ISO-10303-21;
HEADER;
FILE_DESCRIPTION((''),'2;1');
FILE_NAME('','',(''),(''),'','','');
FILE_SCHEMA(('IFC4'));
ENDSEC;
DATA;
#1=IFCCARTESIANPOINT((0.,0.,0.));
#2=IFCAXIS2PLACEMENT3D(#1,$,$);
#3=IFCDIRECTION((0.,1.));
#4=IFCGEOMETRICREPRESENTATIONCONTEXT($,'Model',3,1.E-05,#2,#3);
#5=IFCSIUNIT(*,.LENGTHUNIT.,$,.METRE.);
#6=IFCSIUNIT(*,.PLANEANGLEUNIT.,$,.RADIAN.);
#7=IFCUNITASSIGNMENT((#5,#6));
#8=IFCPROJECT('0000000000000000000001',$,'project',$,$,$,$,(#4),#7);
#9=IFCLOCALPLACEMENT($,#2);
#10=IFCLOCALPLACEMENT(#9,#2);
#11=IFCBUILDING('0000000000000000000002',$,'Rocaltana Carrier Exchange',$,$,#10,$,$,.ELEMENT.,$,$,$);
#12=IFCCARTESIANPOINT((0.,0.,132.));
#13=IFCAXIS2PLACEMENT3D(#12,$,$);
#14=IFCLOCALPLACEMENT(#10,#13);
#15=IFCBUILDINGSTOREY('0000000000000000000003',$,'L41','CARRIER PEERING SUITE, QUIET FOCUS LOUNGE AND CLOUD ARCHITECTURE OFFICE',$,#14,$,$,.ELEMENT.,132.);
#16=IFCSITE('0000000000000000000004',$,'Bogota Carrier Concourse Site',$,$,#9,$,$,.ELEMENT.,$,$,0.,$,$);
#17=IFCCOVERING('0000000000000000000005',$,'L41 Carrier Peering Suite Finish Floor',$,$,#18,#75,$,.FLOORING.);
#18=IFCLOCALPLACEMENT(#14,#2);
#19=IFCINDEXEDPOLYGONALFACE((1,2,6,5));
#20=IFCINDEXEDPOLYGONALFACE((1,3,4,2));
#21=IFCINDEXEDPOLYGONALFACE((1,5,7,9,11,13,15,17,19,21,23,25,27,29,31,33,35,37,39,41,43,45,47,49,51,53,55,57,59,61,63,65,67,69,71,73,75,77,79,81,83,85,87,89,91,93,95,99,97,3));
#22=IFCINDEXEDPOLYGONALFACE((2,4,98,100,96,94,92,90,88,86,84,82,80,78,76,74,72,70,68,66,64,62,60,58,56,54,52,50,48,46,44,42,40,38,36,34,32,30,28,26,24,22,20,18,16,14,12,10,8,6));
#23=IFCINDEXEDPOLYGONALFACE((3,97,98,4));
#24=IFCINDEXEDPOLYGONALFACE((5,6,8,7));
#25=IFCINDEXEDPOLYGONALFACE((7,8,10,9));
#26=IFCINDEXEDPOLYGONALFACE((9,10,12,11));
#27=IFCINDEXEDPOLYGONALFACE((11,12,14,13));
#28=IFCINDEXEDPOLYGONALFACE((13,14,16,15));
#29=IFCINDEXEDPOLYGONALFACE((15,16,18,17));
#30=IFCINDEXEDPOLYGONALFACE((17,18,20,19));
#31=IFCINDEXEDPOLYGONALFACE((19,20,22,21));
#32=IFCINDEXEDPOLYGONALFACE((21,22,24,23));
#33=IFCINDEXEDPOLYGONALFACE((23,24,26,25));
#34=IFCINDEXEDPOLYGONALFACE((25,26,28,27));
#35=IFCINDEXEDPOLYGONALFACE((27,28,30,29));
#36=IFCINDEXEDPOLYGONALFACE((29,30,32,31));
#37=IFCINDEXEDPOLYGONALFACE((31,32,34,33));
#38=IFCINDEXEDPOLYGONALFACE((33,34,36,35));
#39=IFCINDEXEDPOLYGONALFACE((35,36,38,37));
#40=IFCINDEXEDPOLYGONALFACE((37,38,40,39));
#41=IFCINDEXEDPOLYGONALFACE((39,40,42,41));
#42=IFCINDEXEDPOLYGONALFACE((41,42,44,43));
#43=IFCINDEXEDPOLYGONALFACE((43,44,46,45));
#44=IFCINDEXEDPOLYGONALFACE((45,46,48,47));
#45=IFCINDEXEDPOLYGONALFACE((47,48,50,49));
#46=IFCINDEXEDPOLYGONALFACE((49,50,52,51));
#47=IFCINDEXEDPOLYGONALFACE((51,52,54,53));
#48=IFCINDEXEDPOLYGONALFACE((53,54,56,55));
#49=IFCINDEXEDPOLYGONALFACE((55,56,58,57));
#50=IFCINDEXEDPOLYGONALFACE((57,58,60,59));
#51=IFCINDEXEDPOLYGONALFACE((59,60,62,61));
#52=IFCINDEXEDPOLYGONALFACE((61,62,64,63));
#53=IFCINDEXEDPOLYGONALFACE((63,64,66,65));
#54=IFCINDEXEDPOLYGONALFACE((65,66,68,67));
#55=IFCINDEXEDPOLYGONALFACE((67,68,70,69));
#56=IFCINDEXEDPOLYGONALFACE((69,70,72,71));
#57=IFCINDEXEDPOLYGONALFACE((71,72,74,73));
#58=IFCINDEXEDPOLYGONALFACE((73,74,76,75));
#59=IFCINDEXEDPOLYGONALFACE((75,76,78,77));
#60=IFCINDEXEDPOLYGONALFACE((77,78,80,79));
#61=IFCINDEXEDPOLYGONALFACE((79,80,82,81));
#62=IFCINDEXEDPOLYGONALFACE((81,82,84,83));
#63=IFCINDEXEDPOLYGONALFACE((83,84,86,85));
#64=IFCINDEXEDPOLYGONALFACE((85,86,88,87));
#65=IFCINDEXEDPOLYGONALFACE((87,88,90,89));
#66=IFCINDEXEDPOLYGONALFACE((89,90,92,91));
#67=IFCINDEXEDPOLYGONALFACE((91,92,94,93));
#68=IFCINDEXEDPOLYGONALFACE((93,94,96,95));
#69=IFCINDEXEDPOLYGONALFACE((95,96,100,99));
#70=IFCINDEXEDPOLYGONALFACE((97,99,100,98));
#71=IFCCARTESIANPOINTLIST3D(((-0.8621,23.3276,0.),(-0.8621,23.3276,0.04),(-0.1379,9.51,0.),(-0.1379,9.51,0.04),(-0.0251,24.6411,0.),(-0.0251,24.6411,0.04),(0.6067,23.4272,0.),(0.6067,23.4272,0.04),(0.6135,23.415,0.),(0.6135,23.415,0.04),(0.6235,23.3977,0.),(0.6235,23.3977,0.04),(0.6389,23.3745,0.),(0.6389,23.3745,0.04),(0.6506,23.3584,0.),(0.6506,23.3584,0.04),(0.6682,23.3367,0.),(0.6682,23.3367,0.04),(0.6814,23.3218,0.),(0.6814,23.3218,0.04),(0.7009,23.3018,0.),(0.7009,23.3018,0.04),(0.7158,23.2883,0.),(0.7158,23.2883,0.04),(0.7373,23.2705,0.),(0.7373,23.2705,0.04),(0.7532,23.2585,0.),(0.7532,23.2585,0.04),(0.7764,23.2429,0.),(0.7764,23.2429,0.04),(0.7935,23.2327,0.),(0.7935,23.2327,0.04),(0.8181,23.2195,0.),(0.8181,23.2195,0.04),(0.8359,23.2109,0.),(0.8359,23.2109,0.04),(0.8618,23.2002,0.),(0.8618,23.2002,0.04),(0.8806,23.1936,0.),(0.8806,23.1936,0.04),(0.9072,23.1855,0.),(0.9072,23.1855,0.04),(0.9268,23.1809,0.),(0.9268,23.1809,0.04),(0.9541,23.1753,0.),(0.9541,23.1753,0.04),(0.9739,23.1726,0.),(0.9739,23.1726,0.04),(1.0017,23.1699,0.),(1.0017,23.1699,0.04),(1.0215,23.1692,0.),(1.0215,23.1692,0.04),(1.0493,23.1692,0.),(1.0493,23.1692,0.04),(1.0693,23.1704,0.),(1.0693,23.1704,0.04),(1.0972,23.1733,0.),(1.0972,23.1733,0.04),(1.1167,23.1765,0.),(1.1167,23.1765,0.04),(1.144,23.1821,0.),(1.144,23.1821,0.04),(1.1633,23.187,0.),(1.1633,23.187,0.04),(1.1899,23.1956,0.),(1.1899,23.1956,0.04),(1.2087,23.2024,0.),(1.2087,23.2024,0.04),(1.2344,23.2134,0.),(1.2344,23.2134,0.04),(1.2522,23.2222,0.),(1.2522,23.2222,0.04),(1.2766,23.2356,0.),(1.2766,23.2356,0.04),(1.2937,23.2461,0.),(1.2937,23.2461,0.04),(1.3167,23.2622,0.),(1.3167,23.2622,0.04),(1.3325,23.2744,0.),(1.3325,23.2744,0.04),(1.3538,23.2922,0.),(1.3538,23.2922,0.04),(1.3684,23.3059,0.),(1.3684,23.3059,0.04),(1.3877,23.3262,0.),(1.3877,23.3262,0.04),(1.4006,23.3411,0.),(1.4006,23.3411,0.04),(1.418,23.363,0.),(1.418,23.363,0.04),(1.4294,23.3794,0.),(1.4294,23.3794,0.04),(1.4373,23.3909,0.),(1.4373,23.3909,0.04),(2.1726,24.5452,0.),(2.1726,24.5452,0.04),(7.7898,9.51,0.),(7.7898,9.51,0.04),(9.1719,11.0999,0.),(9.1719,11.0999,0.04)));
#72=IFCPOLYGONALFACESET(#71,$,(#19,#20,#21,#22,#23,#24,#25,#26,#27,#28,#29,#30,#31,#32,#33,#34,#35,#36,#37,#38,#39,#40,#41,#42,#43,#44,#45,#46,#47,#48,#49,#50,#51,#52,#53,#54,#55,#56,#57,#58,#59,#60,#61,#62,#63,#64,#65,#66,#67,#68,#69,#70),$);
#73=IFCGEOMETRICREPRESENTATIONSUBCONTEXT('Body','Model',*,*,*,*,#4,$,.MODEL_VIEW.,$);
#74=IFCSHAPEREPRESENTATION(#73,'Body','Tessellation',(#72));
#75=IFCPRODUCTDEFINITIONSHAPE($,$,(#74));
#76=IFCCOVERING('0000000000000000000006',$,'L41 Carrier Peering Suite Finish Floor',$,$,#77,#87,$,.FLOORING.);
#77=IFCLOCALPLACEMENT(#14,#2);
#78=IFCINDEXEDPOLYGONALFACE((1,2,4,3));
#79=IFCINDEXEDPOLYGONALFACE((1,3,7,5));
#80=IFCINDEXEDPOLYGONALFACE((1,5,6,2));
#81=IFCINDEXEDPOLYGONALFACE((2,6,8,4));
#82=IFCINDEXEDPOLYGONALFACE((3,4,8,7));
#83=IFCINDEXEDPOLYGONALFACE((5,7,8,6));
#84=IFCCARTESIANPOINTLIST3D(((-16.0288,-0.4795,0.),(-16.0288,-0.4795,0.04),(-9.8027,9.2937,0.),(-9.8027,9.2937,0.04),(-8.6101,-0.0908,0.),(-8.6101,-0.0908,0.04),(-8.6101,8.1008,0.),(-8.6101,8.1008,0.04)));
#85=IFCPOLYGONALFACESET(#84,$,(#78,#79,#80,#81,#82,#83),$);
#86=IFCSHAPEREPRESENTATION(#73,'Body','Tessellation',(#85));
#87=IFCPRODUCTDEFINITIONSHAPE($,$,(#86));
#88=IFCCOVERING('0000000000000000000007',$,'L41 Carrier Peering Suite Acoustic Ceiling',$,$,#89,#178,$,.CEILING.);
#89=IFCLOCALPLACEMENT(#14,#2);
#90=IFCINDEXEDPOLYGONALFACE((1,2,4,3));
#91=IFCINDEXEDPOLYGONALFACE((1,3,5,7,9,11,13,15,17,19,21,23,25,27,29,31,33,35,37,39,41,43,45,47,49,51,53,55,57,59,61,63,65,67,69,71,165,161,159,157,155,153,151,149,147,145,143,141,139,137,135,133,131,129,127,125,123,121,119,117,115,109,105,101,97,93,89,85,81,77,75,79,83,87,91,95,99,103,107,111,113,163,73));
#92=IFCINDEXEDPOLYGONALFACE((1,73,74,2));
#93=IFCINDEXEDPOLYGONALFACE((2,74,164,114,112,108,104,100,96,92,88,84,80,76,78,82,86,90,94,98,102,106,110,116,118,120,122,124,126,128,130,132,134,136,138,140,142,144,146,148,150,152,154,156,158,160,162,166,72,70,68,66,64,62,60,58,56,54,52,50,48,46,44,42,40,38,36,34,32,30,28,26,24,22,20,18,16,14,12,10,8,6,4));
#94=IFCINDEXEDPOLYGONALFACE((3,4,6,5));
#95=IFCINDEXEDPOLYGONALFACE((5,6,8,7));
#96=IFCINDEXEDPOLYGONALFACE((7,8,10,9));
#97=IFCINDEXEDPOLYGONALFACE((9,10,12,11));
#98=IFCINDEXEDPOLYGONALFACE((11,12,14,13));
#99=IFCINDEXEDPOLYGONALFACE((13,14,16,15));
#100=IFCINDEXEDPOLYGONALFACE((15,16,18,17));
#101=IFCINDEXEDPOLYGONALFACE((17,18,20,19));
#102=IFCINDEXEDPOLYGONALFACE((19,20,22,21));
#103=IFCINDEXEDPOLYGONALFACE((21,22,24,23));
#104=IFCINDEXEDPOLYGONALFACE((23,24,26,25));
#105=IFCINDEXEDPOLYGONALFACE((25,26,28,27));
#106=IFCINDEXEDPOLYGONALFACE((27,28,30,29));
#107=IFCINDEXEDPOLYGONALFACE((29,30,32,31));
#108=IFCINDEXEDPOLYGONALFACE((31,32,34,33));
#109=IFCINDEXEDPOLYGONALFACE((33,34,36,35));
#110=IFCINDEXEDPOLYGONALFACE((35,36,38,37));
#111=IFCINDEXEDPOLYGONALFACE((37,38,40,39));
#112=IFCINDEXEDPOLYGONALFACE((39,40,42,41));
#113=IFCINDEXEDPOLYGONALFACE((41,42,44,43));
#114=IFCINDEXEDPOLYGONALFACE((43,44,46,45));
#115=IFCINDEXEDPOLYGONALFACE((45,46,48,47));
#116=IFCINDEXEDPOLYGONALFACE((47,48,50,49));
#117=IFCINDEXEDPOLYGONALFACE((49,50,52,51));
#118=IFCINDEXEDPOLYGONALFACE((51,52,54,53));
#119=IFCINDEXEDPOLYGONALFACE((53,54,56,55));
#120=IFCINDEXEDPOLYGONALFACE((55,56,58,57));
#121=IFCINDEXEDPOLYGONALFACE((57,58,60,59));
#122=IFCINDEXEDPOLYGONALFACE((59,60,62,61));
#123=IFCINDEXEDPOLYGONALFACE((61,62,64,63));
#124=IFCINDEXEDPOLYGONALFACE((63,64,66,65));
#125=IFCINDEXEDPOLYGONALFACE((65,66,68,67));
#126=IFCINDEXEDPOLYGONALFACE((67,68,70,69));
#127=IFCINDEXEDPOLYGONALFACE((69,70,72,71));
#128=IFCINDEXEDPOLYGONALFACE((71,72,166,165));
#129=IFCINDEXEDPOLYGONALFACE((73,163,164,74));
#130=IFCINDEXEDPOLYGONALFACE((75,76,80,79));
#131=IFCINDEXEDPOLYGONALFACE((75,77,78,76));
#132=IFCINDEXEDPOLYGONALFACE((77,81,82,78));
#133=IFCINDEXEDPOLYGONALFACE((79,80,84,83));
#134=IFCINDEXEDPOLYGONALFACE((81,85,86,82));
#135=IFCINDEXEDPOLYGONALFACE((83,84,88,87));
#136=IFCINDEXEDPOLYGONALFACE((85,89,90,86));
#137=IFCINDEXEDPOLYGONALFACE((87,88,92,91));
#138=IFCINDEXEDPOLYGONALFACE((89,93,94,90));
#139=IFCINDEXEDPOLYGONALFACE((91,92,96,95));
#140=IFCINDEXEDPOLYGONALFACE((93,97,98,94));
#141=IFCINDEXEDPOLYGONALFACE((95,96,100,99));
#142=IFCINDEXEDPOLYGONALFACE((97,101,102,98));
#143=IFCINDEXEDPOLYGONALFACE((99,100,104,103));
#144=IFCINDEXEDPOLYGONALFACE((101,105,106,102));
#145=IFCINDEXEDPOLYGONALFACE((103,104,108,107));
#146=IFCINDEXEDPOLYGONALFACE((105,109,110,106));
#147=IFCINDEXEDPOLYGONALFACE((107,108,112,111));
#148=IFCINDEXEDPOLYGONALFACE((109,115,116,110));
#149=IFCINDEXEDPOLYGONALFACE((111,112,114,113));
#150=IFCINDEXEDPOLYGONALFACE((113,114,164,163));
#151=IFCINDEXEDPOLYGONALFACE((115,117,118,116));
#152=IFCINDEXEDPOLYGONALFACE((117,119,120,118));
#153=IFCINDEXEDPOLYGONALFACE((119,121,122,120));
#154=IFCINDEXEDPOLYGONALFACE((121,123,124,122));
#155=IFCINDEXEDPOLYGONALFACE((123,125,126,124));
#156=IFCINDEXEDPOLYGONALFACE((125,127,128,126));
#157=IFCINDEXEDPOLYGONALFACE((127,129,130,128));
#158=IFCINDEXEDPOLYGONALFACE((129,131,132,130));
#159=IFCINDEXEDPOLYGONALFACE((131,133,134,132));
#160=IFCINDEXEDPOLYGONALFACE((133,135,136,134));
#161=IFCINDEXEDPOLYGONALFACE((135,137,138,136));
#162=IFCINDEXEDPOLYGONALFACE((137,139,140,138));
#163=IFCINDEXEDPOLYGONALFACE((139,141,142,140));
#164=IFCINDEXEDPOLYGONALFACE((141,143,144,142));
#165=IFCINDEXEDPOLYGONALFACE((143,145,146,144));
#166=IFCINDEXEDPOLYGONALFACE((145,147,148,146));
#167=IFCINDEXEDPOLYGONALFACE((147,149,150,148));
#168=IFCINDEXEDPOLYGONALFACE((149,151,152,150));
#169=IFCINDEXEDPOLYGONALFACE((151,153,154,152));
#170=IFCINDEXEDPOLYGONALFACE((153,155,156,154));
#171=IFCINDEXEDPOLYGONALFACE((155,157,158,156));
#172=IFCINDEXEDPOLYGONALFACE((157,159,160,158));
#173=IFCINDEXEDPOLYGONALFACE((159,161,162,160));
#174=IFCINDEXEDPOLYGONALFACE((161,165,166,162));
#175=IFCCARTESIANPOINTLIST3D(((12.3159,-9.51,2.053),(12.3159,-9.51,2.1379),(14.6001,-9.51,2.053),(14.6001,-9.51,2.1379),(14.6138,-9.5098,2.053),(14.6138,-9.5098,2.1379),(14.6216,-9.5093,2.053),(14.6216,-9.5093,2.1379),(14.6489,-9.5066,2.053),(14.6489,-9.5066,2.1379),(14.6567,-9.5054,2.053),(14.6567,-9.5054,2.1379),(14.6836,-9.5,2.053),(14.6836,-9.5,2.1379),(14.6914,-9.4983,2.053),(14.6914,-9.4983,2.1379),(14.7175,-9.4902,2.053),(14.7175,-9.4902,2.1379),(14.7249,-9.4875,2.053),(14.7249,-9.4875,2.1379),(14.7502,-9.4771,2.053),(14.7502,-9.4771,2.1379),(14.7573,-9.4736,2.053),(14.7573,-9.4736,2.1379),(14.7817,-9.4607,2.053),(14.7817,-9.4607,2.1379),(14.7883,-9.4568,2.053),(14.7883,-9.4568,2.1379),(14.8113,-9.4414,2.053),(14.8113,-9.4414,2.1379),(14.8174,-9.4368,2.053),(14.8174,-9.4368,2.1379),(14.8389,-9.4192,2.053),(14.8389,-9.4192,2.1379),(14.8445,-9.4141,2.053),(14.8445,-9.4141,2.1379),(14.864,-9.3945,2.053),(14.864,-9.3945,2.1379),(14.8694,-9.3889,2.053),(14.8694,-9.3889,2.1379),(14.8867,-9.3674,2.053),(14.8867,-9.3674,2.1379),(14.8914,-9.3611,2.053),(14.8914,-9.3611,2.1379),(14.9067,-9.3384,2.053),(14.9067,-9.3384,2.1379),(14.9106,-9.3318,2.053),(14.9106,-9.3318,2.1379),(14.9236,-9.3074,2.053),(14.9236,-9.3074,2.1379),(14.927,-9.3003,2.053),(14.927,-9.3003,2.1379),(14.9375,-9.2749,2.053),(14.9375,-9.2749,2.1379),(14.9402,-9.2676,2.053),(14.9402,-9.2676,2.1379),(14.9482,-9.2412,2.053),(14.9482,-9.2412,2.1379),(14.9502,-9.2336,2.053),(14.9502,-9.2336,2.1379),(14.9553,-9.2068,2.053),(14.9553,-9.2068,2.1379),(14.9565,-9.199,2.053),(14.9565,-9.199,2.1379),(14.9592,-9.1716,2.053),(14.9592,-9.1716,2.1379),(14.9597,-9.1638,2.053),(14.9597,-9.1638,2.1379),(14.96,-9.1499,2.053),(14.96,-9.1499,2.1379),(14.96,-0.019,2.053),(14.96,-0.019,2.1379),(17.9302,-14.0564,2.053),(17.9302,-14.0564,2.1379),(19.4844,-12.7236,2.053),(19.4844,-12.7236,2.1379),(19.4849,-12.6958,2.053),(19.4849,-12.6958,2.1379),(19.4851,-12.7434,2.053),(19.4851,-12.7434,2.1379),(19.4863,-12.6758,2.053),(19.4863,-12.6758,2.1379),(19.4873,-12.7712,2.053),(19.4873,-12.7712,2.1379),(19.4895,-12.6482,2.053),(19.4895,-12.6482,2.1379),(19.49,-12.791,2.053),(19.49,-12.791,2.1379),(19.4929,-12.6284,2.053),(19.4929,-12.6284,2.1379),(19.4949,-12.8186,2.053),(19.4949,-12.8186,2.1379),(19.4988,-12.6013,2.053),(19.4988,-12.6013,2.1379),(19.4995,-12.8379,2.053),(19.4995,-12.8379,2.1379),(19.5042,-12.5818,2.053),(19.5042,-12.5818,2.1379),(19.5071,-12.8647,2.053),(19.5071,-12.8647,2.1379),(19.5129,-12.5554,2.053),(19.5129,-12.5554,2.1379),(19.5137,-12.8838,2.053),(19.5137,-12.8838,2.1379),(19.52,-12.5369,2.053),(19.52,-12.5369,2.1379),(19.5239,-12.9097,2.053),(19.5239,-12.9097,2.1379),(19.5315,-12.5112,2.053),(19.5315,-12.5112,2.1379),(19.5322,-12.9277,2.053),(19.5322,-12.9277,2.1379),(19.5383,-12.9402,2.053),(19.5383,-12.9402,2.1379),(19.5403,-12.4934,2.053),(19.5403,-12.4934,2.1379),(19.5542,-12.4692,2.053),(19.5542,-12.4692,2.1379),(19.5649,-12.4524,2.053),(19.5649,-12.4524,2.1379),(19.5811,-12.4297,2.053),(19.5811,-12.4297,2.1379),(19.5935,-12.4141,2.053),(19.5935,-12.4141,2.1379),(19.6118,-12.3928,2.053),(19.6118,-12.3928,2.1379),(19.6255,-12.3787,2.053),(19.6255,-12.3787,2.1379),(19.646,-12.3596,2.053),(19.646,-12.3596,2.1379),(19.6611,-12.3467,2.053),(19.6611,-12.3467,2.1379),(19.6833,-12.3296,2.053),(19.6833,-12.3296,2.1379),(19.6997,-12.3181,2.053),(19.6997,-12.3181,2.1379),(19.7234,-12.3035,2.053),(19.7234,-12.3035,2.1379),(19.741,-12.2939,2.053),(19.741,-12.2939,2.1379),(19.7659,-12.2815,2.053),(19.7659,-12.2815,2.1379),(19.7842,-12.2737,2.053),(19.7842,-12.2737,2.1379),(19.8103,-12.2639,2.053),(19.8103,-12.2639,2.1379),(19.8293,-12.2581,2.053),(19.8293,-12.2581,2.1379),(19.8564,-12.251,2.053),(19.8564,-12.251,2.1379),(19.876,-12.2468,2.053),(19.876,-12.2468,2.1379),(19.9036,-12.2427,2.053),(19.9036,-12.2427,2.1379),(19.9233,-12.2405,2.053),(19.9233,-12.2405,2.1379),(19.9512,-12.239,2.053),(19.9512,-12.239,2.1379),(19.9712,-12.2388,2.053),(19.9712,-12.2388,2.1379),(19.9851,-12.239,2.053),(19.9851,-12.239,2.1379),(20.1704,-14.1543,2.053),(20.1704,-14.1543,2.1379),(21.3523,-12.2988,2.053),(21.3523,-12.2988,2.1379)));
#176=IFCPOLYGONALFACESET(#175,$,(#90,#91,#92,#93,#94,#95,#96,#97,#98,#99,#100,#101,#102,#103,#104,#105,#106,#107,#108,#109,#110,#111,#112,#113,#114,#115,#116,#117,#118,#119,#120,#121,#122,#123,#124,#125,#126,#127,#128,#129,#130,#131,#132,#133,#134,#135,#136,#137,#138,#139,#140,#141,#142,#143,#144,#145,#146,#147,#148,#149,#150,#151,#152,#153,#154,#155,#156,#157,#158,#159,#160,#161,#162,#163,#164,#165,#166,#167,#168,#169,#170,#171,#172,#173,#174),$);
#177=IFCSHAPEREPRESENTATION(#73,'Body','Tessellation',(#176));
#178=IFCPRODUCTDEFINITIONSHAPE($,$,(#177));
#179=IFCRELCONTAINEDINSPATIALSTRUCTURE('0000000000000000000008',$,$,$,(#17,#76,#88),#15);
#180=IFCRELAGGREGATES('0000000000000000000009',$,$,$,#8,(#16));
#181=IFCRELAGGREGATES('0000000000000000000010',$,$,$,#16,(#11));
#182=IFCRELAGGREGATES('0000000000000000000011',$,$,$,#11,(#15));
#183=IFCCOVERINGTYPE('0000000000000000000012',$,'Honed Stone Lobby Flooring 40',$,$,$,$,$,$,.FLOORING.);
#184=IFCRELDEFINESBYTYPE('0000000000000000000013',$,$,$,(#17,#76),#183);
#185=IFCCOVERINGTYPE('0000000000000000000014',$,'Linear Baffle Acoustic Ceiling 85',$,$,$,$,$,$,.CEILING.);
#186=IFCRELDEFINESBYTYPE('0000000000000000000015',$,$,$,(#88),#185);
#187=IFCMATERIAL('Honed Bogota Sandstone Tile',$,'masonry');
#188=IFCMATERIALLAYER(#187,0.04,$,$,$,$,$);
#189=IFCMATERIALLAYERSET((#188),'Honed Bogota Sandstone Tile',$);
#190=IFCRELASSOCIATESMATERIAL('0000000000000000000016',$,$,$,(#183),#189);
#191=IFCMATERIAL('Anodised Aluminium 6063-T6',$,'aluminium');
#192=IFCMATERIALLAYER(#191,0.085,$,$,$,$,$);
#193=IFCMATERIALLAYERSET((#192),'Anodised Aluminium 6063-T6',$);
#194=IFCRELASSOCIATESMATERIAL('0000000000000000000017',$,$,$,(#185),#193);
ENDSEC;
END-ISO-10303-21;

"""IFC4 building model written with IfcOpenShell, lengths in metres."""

from ifc_helpers import new_model, si_unit, direction, frame, origin, place, context, subcontext, project, spatial, polyline, outline, extrude, material, layer, layer_set, type_object, element, save


model = new_model("IFC4")

# Units and contexts
model_context = context("Model", 3, precision=1e-05, world=origin(), true_north=direction((0.0, 1.0)))
body_context = subcontext(model_context, "Body", "Model", "MODEL_VIEW")
ifc_project = project(units=[si_unit("LENGTHUNIT", "METRE"), si_unit("PLANEANGLEUNIT", "RADIAN")], contexts=[model_context])

# Site, building, storey
site_placement = place(None, origin())
site = spatial("IfcSite", under=ifc_project, at=site_placement, Name="Bogota Carrier Concourse Site", CompositionType="ELEMENT", RefElevation=0.0)
building_placement = place(site_placement, origin())
building = spatial("IfcBuilding", under=site, at=building_placement, Name="Rocaltana Carrier Exchange", CompositionType="ELEMENT")
storey_placement = place(building_placement, frame((0.0, 0.0, 132.0)))
storey = spatial("IfcBuildingStorey", under=building, at=storey_placement, Name="L41", Description="CARRIER PEERING SUITE, QUIET FOCUS LOUNGE AND CLOUD ARCHITECTURE OFFICE", CompositionType="ELEMENT", Elevation=132.0)

# Coverings
ifc_material_1 = material(Name="Honed Bogota Sandstone Tile", Category="masonry")
ifc_layer_1 = layer(ifc_material_1, 0.04)
ifc_layer_set_1 = layer_set([ifc_layer_1], Name="Honed Bogota Sandstone Tile")
covering_type_1 = type_object("IfcCoveringType", Name="Honed Stone Lobby Flooring 40", PredefinedType="FLOORING", material=ifc_layer_set_1)
covering_1_placement = place(storey_placement, origin())
element("IfcCovering", 1, at=covering_1_placement, inside=storey, type_object=covering_type_1, Name="L41 Carrier Peering Suite Finish Floor", PredefinedType="FLOORING", context=body_context, shape_type="SweptSolid", body=[
    extrude(outline(polyline([(-0.0251, 24.6411), (0.6067, 23.4272), (0.6135, 23.415), (0.6235, 23.3977), (0.6389, 23.3745), (0.6506, 23.3584), (0.6682, 23.3367), (0.6814, 23.3218), (0.7009, 23.3018), (0.7158, 23.2883), (0.7373, 23.2705), (0.7532, 23.2585), (0.7764, 23.2429), (0.7935, 23.2327), (0.8181, 23.2195), (0.8359, 23.2109), (0.8618, 23.2002), (0.8806, 23.1936), (0.9072, 23.1855), (0.9268, 23.1809), (0.9541, 23.1753), (0.9739, 23.1726), (1.0017, 23.1699), (1.0215, 23.1692), (1.0493, 23.1692), (1.0693, 23.1704), (1.0972, 23.1733), (1.1167, 23.1765), (1.144, 23.1821), (1.1633, 23.187), (1.1899, 23.1956), (1.2087, 23.2024), (1.2344, 23.2134), (1.2522, 23.2222), (1.2766, 23.2356), (1.2937, 23.2461), (1.3167, 23.2622), (1.3325, 23.2744), (1.3538, 23.2922), (1.3684, 23.3059), (1.3877, 23.3262), (1.4006, 23.3411), (1.418, 23.363), (1.4294, 23.3794), (1.4373, 23.3909), (2.1726, 24.5452), (9.1719, 11.0999), (7.7898, 9.51), (-0.1379, 9.51), (-0.8621, 23.3276), (-0.0251, 24.6411)])), origin(), (0.0, 0.0, 1.0), 0.04),
])
covering_2_placement = place(storey_placement, origin())
element("IfcCovering", 2, at=covering_2_placement, inside=storey, type_object=covering_type_1, Name="L41 Carrier Peering Suite Finish Floor", PredefinedType="FLOORING", context=body_context, shape_type="SweptSolid", body=[
    extrude(outline(polyline([(-9.8027, 9.2937), (-8.6101, 8.1008), (-8.6101, -0.0908), (-16.0288, -0.4795), (-9.8027, 9.2937)])), origin(), (0.0, 0.0, 1.0), 0.04),
])
ifc_material_2 = material(Name="Anodised Aluminium 6063-T6", Category="aluminium")
ifc_layer_2 = layer(ifc_material_2, 0.085)
ifc_layer_set_2 = layer_set([ifc_layer_2], Name="Anodised Aluminium 6063-T6")
covering_type_2 = type_object("IfcCoveringType", Name="Linear Baffle Acoustic Ceiling 85", PredefinedType="CEILING", material=ifc_layer_set_2)
covering_3_placement = place(storey_placement, frame((0.0, 0.0, 2.053)))
element("IfcCovering", 3, at=covering_3_placement, inside=storey, type_object=covering_type_2, Name="L41 Carrier Peering Suite Acoustic Ceiling", PredefinedType="CEILING", context=body_context, shape_type="SweptSolid", body=[
    extrude(outline(polyline([(14.96, -0.019), (21.3523, -12.2988), (19.9851, -12.239), (19.9712, -12.2388), (19.9512, -12.239), (19.9233, -12.2405), (19.9036, -12.2427), (19.876, -12.2468), (19.8564, -12.251), (19.8293, -12.2581), (19.8103, -12.2639), (19.7842, -12.2737), (19.7659, -12.2815), (19.741, -12.2939), (19.7234, -12.3035), (19.6997, -12.3181), (19.6833, -12.3296), (19.6611, -12.3467), (19.646, -12.3596), (19.6255, -12.3787), (19.6118, -12.3928), (19.5935, -12.4141), (19.5811, -12.4297), (19.5649, -12.4524), (19.5542, -12.4692), (19.5403, -12.4934), (19.5315, -12.5112), (19.52, -12.5369), (19.5129, -12.5554), (19.5042, -12.5818), (19.4988, -12.6013), (19.4929, -12.6284), (19.4895, -12.6482), (19.4863, -12.6758), (19.4849, -12.6958), (19.4844, -12.7236), (19.4851, -12.7434), (19.4873, -12.7712), (19.49, -12.791), (19.4949, -12.8186), (19.4995, -12.8379), (19.5071, -12.8647), (19.5137, -12.8838), (19.5239, -12.9097), (19.5322, -12.9277), (19.5383, -12.9402), (20.1704, -14.1543), (17.9302, -14.0564), (12.3159, -9.51), (14.6001, -9.51), (14.6138, -9.5098), (14.6216, -9.5093), (14.6489, -9.5066), (14.6567, -9.5054), (14.6836, -9.5), (14.6914, -9.4983), (14.7175, -9.4902), (14.7249, -9.4875), (14.7502, -9.4771), (14.7573, -9.4736), (14.7817, -9.4607), (14.7883, -9.4568), (14.8113, -9.4414), (14.8174, -9.4368), (14.8389, -9.4192), (14.8445, -9.4141), (14.864, -9.3945), (14.8694, -9.3889), (14.8867, -9.3674), (14.8914, -9.3611), (14.9067, -9.3384), (14.9106, -9.3318), (14.9236, -9.3074), (14.927, -9.3003), (14.9375, -9.2749), (14.9402, -9.2676), (14.9482, -9.2412), (14.9502, -9.2336), (14.9553, -9.2068), (14.9565, -9.199), (14.9592, -9.1716), (14.9597, -9.1638), (14.96, -9.1499), (14.96, -0.019)])), origin(), (0.0, 0.0, 1.0), 0.085),
])

save(model, "model.ifc")
